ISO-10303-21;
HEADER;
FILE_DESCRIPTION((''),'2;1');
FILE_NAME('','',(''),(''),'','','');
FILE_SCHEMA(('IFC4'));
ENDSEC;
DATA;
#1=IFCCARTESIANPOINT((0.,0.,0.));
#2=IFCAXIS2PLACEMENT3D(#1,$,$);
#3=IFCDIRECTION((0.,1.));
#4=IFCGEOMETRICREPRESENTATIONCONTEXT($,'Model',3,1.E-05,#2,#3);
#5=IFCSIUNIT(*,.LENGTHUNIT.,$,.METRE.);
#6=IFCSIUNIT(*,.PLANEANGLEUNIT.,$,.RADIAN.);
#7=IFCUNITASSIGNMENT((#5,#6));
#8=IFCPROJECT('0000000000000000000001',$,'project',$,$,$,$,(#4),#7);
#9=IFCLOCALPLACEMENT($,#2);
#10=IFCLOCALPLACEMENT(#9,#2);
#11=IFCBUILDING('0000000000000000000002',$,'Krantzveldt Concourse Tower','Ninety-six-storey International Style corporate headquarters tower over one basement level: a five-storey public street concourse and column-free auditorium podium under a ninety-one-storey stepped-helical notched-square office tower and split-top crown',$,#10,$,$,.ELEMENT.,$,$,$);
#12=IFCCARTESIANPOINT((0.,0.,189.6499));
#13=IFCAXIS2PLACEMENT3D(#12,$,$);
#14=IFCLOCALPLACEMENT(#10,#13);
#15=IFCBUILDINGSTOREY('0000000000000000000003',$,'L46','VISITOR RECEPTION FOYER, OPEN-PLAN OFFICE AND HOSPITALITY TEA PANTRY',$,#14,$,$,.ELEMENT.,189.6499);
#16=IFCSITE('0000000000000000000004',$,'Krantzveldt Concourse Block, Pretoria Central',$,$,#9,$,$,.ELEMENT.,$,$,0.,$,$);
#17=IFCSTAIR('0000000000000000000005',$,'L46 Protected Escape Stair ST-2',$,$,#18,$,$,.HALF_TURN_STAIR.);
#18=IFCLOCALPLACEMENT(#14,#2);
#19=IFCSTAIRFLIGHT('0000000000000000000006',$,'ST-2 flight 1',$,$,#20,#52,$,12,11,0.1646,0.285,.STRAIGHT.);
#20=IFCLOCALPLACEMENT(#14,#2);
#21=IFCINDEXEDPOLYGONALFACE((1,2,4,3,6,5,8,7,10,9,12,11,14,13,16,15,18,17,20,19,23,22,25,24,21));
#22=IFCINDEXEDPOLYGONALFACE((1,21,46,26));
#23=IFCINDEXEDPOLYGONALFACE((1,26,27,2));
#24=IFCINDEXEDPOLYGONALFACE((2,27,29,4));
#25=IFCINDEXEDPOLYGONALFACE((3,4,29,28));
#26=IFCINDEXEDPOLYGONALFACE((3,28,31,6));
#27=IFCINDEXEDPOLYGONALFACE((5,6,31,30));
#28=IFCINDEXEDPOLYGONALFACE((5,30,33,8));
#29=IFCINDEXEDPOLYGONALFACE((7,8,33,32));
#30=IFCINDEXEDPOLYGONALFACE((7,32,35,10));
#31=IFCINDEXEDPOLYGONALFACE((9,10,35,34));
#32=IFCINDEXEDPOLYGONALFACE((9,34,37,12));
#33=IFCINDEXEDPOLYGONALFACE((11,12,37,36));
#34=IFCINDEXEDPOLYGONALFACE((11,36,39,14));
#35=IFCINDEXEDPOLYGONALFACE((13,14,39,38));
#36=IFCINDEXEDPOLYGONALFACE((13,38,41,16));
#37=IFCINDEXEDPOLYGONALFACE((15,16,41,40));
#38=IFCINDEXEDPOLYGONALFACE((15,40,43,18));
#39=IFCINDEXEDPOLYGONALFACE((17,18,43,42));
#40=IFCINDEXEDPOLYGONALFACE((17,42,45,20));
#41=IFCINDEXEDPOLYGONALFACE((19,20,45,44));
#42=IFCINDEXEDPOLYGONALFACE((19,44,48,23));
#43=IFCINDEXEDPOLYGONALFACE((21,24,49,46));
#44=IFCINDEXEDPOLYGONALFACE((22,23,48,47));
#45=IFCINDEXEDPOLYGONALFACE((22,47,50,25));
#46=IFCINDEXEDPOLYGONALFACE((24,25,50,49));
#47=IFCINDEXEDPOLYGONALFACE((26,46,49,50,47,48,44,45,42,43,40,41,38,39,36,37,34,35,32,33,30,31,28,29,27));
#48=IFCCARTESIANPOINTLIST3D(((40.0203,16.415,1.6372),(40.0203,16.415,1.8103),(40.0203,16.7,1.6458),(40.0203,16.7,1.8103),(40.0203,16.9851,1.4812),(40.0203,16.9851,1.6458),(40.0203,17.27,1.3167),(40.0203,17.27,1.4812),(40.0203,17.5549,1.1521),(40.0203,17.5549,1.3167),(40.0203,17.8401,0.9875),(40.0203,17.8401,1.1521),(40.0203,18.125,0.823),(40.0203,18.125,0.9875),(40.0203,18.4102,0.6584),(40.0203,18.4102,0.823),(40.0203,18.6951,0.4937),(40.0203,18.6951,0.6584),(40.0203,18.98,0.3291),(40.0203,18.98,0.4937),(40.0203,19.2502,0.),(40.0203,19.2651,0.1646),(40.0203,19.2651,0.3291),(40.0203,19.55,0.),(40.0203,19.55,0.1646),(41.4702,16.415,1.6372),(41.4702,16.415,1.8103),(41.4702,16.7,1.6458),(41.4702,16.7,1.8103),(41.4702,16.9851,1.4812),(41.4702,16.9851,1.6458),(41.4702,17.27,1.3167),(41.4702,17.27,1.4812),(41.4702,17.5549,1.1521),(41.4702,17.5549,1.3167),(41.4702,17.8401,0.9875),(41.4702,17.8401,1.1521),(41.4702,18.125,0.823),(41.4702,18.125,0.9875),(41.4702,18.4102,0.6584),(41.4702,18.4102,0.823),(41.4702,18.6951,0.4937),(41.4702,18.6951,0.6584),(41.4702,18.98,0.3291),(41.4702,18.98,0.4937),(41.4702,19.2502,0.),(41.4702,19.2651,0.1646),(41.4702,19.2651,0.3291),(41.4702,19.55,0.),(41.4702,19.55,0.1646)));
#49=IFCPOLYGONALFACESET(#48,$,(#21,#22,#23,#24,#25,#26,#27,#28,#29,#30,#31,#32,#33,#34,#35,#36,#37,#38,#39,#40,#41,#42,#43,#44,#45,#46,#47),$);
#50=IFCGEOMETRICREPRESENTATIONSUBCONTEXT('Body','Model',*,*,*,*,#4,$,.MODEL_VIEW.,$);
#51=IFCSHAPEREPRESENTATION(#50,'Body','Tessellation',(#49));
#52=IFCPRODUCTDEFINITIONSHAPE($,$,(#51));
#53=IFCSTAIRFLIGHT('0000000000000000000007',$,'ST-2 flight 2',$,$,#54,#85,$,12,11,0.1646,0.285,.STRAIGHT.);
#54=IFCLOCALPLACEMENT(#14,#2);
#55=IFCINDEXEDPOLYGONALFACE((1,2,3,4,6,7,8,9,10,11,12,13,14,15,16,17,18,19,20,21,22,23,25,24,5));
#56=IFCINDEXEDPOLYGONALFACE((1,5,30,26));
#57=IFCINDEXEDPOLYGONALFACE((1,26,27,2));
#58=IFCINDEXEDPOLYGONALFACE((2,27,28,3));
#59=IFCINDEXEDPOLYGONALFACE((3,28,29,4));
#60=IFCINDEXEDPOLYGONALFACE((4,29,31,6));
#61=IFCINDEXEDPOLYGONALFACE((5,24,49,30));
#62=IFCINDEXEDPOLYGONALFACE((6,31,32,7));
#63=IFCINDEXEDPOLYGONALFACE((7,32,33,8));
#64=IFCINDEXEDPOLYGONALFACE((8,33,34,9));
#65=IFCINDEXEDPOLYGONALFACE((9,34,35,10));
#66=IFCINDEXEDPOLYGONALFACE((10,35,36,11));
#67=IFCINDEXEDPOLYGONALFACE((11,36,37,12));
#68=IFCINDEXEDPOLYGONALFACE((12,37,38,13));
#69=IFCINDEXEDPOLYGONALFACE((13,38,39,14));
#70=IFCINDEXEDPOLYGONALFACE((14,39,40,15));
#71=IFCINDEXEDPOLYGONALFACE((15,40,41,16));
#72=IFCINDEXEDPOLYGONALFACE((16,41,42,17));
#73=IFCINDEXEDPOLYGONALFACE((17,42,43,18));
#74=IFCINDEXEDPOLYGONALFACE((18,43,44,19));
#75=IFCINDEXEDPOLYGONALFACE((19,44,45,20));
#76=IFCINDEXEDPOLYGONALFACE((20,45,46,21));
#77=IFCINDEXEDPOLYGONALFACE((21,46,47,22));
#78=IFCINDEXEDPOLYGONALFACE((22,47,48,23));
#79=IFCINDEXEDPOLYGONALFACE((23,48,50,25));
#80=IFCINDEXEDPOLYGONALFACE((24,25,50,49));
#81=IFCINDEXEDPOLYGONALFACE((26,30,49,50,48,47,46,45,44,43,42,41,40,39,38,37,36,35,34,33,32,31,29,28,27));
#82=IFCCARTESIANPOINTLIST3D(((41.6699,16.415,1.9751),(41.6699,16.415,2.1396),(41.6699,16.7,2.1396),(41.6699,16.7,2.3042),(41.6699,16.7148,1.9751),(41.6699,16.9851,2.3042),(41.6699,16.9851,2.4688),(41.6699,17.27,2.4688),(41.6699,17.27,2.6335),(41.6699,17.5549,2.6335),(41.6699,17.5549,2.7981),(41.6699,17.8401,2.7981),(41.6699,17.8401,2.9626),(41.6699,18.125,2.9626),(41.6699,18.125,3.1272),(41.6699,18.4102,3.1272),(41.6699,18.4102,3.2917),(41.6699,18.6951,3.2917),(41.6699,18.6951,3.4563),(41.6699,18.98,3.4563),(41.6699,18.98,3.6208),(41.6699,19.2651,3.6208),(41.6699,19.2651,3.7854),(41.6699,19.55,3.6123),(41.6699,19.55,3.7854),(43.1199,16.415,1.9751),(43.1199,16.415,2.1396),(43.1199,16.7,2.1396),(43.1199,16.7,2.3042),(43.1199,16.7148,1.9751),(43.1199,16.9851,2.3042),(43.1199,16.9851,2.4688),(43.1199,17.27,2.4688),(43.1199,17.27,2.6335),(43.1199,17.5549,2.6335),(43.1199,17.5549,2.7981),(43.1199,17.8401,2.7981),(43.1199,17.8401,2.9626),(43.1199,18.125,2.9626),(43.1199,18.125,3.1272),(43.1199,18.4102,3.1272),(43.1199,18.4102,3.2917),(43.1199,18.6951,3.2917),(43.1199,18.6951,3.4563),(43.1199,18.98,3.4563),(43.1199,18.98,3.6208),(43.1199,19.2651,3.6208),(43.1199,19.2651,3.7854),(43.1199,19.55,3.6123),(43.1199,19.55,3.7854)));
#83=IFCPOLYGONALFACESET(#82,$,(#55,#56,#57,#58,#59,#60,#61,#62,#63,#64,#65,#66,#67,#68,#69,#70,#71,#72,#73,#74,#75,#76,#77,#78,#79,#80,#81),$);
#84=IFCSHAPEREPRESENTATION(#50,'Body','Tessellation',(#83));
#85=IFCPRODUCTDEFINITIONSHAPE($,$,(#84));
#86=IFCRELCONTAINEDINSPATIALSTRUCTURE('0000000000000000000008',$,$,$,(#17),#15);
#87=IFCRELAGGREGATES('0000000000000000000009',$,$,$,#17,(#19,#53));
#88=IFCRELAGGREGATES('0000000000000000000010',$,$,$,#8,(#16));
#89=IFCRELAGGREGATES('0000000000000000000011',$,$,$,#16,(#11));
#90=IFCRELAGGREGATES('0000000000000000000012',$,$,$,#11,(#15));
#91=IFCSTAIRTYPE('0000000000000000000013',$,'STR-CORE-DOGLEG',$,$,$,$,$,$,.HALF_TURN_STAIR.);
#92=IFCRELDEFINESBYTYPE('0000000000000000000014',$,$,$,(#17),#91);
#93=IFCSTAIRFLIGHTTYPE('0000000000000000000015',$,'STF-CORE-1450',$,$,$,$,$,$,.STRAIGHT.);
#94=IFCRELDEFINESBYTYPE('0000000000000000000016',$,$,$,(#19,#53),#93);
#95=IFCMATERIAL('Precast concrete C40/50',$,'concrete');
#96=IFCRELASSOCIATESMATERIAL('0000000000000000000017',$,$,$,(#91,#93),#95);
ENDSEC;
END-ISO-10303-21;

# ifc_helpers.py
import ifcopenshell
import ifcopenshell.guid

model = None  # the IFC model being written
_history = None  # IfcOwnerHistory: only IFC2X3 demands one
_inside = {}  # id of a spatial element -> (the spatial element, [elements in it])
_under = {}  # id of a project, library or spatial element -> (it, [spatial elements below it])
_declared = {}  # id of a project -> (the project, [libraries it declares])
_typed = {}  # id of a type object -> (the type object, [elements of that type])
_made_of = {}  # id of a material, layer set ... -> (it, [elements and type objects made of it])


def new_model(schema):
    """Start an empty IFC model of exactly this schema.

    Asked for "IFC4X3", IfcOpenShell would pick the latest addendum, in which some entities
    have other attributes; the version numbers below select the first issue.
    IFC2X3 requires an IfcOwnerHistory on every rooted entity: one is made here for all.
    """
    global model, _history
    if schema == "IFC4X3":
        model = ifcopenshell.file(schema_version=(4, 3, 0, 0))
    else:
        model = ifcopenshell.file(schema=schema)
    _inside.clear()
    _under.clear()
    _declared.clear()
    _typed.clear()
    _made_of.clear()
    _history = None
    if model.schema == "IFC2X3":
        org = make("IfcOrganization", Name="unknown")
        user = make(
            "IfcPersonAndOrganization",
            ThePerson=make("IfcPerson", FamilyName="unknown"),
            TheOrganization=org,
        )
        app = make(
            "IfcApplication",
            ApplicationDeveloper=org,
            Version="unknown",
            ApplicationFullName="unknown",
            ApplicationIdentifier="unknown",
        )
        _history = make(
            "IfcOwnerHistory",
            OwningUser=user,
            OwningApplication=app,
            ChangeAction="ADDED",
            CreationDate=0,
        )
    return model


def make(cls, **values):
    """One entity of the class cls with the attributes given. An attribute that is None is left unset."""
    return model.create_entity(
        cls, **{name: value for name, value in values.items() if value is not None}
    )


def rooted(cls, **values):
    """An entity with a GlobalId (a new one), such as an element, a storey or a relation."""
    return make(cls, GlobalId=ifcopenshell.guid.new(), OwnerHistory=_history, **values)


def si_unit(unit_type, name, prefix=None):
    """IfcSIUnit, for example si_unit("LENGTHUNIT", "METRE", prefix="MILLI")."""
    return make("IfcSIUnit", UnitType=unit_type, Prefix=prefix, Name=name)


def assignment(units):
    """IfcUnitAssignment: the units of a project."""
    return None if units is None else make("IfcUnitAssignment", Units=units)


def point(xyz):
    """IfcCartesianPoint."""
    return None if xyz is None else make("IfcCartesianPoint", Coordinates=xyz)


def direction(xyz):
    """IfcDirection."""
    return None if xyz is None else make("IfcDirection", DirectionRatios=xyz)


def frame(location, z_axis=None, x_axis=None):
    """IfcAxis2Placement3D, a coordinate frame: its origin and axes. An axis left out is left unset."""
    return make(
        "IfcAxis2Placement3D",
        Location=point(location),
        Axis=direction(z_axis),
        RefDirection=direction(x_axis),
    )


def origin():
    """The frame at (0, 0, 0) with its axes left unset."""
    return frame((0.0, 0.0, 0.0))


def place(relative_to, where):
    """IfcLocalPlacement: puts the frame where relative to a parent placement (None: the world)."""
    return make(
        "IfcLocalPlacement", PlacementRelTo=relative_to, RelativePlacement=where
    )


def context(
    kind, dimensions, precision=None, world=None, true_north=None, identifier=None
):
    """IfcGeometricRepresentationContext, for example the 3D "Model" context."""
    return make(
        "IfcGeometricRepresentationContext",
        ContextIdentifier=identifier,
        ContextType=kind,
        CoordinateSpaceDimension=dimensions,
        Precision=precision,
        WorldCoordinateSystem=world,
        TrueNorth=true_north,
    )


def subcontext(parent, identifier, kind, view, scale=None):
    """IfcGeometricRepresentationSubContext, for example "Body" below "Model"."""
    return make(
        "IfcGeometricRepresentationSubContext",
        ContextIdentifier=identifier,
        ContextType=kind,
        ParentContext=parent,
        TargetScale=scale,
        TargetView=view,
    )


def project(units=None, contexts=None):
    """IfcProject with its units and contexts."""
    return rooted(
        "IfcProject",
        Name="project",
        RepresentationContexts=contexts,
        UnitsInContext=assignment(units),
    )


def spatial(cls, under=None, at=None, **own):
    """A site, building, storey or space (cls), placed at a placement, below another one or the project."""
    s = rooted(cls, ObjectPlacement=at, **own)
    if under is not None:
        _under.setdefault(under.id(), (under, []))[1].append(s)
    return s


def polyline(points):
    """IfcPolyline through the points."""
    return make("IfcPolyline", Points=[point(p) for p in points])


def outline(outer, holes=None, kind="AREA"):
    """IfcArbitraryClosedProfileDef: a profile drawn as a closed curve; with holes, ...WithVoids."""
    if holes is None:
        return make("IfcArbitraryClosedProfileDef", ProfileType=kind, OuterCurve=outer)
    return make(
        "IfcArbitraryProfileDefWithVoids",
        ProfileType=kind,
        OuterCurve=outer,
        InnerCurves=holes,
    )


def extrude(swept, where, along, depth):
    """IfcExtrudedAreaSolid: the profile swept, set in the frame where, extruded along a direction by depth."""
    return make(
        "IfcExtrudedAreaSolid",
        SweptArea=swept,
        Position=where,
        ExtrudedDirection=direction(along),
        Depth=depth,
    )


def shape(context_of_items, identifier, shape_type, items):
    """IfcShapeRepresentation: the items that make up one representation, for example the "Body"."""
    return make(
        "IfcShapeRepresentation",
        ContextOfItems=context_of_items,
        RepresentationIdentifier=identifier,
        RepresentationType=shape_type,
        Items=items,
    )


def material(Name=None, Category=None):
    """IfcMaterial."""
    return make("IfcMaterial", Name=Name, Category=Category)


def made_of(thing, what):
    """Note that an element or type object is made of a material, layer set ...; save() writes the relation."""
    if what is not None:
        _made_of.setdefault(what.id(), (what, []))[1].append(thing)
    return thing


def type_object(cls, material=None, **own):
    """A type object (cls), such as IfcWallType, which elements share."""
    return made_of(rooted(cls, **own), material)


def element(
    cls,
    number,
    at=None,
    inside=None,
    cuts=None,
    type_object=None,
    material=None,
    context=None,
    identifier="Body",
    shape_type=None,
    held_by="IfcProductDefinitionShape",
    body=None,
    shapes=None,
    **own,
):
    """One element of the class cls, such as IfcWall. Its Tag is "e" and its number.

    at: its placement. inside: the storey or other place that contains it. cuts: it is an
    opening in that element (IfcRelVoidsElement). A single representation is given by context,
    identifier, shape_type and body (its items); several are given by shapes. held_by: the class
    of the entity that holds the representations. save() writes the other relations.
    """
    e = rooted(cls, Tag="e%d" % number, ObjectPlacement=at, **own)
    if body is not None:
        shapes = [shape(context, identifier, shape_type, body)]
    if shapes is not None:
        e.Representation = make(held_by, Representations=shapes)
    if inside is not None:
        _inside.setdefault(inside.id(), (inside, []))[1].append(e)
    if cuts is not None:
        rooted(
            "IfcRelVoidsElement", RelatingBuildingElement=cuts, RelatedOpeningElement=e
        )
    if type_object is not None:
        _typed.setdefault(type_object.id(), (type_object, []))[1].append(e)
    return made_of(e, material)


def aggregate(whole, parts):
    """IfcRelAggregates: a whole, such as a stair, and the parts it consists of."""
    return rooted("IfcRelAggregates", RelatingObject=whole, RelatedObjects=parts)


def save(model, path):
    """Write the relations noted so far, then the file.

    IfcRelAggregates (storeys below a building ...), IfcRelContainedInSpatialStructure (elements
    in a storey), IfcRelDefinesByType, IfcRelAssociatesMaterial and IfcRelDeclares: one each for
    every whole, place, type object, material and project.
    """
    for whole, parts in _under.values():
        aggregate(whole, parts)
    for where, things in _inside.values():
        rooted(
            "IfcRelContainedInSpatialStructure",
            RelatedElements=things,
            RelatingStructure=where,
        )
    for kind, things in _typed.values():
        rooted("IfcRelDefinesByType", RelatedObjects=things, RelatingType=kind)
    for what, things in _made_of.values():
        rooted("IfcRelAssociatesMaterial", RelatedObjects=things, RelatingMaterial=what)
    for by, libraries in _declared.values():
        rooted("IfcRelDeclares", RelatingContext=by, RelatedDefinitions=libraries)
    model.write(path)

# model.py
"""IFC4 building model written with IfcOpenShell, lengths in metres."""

from ifc_helpers import new_model, si_unit, direction, frame, origin, place, context, subcontext, project, spatial, polyline, outline, extrude, material, type_object, element, aggregate, save


model = new_model("IFC4")

# Units and contexts
model_context = context("Model", 3, precision=1e-05, world=origin(), true_north=direction((0.0, 1.0)))
body_context = subcontext(model_context, "Body", "Model", "MODEL_VIEW")
ifc_project = project(units=[si_unit("LENGTHUNIT", "METRE"), si_unit("PLANEANGLEUNIT", "RADIAN")], contexts=[model_context])

# Site, building, storey
site_placement = place(None, origin())
site = spatial("IfcSite", under=ifc_project, at=site_placement, Name="Krantzveldt Concourse Block, Pretoria Central", CompositionType="ELEMENT", RefElevation=0.0)
building_placement = place(site_placement, origin())
building = spatial("IfcBuilding", under=site, at=building_placement, Name="Krantzveldt Concourse Tower", Description="Ninety-six-storey International Style corporate headquarters tower over one basement level: a five-storey public street concourse and column-free auditorium podium under a ninety-one-storey stepped-helical notched-square office tower and split-top crown", CompositionType="ELEMENT")
storey_placement = place(building_placement, frame((0.0, 0.0, 189.6499)))
storey = spatial("IfcBuildingStorey", under=building, at=storey_placement, Name="L46", Description="VISITOR RECEPTION FOYER, OPEN-PLAN OFFICE AND HOSPITALITY TEA PANTRY", CompositionType="ELEMENT", Elevation=189.6499)

# Stair, stair flights
ifc_material_1 = material(Name="Precast concrete C40/50", Category="concrete")
stair_type = type_object("IfcStairType", Name="STR-CORE-DOGLEG", PredefinedType="HALF_TURN_STAIR", material=ifc_material_1)
stair_placement = place(storey_placement, origin())
stair = element("IfcStair", 1, at=stair_placement, inside=storey, type_object=stair_type, Name="L46 Protected Escape Stair ST-2", PredefinedType="HALF_TURN_STAIR")
stair_flight_type = type_object("IfcStairFlightType", Name="STF-CORE-1450", PredefinedType="STRAIGHT", material=ifc_material_1)
stair_flight_1_placement = place(storey_placement, frame((40.7451, 19.55, 0.0), z_axis=(0.0, 0.0, 1.0), x_axis=(0.0, -1.0, 0.0)))
stair_flight_1 = element("IfcStairFlight", 2, at=stair_flight_1_placement, type_object=stair_flight_type, Name="ST-2 flight 1", NumberOfRisers=12, NumberOfTreads=11, PredefinedType="STRAIGHT", RiserHeight=0.1646, TreadLength=0.285, context=body_context, shape_type="SweptSolid", body=[
    extrude(outline(polyline([(0.0, 0.0), (0.0, 0.1646), (0.2849, 0.1646), (0.2849, 0.3291), (0.5701, 0.3291), (0.5701, 0.4937), (0.855, 0.4937), (0.855, 0.6584), (1.1399, 0.6584), (1.1399, 0.823), (1.425, 0.823), (1.425, 0.9875), (1.71, 0.9875), (1.71, 1.1521), (1.9951, 1.1521), (1.9951, 1.3167), (2.28, 1.3167), (2.28, 1.4812), (2.5649, 1.4812), (2.5649, 1.6458), (2.8501, 1.6458), (2.8501, 1.8103), (3.135, 1.8103), (3.135, 1.9751), (3.135, 1.6372), (0.2998, 0.0), (0.0, 0.0)])), frame((0.0, 0.7251, 0.0), z_axis=(0.0, -1.0, 0.0), x_axis=(1.0, 0.0, 0.0)), (0.0, 0.0, 1.0), 1.45),
])
stair_flight_2_placement = place(storey_placement, frame((42.395, 16.415, 1.9751), z_axis=(0.0, 0.0, 1.0), x_axis=(0.0, 1.0, 0.0)))
stair_flight_2 = element("IfcStairFlight", 3, at=stair_flight_2_placement, type_object=stair_flight_type, Name="ST-2 flight 2", NumberOfRisers=12, NumberOfTreads=11, PredefinedType="STRAIGHT", RiserHeight=0.1646, TreadLength=0.285, context=body_context, shape_type="SweptSolid", body=[
    extrude(outline(polyline([(0.0, 0.0), (0.0, 0.1646), (0.2849, 0.1646), (0.2849, 0.3291), (0.5701, 0.3291), (0.5701, 0.4937), (0.855, 0.4937), (0.855, 0.6584), (1.1399, 0.6584), (1.1399, 0.823), (1.425, 0.823), (1.425, 0.9875), (1.71, 0.9875), (1.71, 1.1521), (1.9951, 1.1521), (1.9951, 1.3167), (2.28, 1.3167), (2.28, 1.4812), (2.5649, 1.4812), (2.5649, 1.6458), (2.8501, 1.6458), (2.8501, 1.8103), (3.135, 1.8103), (3.135, 1.9751), (3.135, 1.6372), (0.2998, 0.0), (0.0, 0.0)])), frame((0.0, 0.7251, 0.0), z_axis=(0.0, -1.0, 0.0), x_axis=(1.0, 0.0, 0.0)), (0.0, 0.0, 1.0), 1.45),
])
aggregate(stair, [stair_flight_1, stair_flight_2])

save(model, "model.ifc")
